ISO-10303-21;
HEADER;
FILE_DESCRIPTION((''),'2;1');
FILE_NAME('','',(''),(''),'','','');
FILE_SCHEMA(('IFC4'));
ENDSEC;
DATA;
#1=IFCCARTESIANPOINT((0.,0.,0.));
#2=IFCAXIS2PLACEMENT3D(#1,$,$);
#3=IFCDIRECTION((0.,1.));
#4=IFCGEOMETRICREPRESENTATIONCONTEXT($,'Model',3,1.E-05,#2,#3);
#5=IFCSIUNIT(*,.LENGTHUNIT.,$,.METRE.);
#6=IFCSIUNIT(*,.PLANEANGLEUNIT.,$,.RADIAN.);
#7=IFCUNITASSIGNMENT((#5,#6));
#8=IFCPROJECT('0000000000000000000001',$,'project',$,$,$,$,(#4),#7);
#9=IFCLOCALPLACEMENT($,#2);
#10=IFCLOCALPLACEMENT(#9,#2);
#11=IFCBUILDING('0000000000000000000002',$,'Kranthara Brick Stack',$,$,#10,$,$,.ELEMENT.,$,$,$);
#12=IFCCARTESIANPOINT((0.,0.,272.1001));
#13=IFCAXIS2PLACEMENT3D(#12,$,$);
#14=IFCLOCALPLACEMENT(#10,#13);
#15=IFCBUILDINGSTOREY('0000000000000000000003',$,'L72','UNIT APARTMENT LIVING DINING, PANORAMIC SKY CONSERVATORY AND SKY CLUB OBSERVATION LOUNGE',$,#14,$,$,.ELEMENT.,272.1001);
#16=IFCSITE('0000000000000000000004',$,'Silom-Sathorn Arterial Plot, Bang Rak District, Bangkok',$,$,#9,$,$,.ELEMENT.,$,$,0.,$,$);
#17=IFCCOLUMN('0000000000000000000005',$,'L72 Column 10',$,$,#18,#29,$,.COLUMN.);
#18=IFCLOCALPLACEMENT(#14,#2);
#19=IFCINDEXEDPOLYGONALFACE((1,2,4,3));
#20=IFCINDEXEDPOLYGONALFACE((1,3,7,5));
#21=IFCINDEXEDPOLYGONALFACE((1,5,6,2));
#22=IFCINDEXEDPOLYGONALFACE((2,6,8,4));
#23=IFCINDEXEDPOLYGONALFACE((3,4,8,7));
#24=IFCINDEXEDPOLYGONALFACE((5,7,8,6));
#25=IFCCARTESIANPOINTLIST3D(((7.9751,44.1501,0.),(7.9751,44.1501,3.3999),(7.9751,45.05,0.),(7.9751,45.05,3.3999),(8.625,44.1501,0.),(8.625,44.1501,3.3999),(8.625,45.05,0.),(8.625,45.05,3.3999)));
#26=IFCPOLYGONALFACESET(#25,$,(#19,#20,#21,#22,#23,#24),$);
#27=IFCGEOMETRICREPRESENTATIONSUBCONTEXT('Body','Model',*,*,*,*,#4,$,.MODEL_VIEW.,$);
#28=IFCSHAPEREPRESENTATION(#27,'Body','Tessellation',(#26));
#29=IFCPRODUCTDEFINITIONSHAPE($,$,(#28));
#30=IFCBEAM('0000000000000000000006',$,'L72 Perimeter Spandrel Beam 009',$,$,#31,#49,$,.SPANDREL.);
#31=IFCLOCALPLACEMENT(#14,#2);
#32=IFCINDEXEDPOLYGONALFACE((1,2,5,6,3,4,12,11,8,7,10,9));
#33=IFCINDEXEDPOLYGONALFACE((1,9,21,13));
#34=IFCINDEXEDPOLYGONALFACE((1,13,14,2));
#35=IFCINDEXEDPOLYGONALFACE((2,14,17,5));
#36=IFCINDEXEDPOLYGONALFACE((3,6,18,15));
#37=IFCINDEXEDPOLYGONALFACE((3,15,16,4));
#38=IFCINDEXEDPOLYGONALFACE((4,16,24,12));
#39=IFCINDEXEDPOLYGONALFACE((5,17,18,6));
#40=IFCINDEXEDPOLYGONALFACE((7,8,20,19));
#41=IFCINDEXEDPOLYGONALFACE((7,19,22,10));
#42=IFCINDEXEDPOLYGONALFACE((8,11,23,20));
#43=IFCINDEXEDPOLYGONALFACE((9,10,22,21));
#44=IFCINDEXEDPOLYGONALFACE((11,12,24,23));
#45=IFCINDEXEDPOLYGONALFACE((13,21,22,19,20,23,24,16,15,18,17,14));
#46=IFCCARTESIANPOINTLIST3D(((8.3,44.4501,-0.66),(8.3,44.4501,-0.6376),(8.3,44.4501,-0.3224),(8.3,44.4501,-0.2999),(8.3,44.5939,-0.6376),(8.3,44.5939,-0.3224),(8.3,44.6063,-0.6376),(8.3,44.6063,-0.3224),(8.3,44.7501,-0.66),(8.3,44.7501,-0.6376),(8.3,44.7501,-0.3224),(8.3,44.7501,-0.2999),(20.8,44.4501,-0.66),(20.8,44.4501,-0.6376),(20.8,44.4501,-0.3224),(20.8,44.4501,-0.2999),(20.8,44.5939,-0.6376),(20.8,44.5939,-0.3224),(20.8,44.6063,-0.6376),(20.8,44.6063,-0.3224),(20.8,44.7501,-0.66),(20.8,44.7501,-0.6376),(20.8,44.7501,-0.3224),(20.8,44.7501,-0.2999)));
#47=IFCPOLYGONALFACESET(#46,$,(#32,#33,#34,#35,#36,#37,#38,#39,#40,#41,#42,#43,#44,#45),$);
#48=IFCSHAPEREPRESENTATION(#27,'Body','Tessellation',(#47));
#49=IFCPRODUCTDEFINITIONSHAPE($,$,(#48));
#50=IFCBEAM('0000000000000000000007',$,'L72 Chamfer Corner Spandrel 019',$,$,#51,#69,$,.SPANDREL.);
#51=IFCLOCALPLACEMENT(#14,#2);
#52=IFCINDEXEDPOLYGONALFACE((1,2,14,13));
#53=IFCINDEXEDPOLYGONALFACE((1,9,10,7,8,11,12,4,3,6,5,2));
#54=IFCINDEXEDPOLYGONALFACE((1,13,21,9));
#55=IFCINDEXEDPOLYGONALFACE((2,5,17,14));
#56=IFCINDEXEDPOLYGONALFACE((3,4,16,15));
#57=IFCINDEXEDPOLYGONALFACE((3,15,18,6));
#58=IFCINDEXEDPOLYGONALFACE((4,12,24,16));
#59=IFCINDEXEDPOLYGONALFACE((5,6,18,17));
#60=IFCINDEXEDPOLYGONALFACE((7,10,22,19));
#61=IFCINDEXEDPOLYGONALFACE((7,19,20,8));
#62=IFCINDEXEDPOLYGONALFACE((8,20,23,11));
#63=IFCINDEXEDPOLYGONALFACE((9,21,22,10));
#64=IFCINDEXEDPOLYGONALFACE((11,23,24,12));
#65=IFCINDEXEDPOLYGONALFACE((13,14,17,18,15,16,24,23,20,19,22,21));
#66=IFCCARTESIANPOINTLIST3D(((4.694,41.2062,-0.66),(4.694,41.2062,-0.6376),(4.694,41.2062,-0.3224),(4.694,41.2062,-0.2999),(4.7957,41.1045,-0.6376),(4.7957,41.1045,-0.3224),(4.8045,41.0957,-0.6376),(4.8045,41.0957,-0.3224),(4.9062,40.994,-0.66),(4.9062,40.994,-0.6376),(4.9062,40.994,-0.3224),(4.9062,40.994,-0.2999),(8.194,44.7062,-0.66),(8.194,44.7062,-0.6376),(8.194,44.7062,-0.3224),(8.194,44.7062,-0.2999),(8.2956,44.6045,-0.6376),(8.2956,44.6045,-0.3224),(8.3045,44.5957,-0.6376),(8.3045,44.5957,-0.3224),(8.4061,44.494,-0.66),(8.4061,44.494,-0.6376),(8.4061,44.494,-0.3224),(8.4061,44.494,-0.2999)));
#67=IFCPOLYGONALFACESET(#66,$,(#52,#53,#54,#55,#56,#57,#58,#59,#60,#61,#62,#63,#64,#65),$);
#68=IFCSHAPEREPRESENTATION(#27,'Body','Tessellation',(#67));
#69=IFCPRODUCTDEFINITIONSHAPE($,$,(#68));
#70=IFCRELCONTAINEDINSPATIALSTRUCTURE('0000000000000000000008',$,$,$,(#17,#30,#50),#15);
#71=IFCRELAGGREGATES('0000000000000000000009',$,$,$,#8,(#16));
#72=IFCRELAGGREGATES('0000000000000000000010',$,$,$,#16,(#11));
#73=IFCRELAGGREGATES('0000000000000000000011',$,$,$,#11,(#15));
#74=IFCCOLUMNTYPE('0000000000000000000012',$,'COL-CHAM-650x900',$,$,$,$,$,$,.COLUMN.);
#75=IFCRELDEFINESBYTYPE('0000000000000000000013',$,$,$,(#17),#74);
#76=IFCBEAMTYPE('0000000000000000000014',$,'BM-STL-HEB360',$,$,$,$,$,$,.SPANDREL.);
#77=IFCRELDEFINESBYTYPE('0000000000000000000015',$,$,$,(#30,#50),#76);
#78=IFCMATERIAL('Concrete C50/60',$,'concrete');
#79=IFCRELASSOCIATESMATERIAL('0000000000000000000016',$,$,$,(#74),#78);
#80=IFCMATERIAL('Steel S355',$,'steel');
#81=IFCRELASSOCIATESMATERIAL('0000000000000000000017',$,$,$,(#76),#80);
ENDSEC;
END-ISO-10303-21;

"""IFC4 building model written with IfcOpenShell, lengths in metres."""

from ifc_helpers import new_model, si_unit, direction, frame, origin, origin_2d, place, context, subcontext, project, spatial, rectangle, i_section, extrude, material, material_profile, profile_set, type_object, element, save


model = new_model("IFC4")

# Units and contexts
model_context = context("Model", 3, precision=1e-05, world=origin(), true_north=direction((0.0, 1.0)))
body_context = subcontext(model_context, "Body", "Model", "MODEL_VIEW")
ifc_project = project(units=[si_unit("LENGTHUNIT", "METRE"), si_unit("PLANEANGLEUNIT", "RADIAN")], contexts=[model_context])

# Site, building, storey
site_placement = place(None, origin())
site = spatial("IfcSite", under=ifc_project, at=site_placement, Name="Silom-Sathorn Arterial Plot, Bang Rak District, Bangkok", CompositionType="ELEMENT", RefElevation=0.0)
building_placement = place(site_placement, origin())
building = spatial("IfcBuilding", under=site, at=building_placement, Name="Kranthara Brick Stack", CompositionType="ELEMENT")
storey_placement = place(building_placement, frame((0.0, 0.0, 272.1001)))
storey = spatial("IfcBuildingStorey", under=building, at=storey_placement, Name="L72", Description="UNIT APARTMENT LIVING DINING, PANORAMIC SKY CONSERVATORY AND SKY CLUB OBSERVATION LOUNGE", CompositionType="ELEMENT", Elevation=272.1001)

# Column
ifc_material_1 = material(Name="Concrete C50/60", Category="concrete")
ifc_material_profile_1 = material_profile(ifc_material_1, rectangle(XDim=0.6499, YDim=0.8999, at=origin_2d()), Name="RC 650x900")
ifc_profile_set_1 = profile_set([ifc_material_profile_1], Name="Concrete C50/60")
column_type = type_object("IfcColumnType", Name="COL-CHAM-650x900", PredefinedType="COLUMN", material=ifc_profile_set_1)
column_placement = place(storey_placement, frame((8.3, 44.6001, 0.0), z_axis=(0.0, 0.0, 1.0), x_axis=(1.0, 0.0, 0.0)))
element("IfcColumn", 1, at=column_placement, inside=storey, type_object=column_type, Name="L72 Column 10", PredefinedType="COLUMN", context=body_context, shape_type="SweptSolid", body=[
    extrude(rectangle(XDim=0.6499, YDim=0.8999, at=origin_2d()), origin(), (0.0, 0.0, 1.0), 3.3999),
])

# Beams
ifc_material_2 = material(Name="Steel S355", Category="steel")
ifc_material_profile_2 = material_profile(ifc_material_2, i_section(OverallWidth=0.3, OverallDepth=0.3601, WebThickness=0.0125, FlangeThickness=0.0225, at=origin_2d()), Name="HEB 360")
ifc_profile_set_2 = profile_set([ifc_material_profile_2], Name="Steel S355")
beam_type = type_object("IfcBeamType", Name="BM-STL-HEB360", PredefinedType="SPANDREL", material=ifc_profile_set_2)
beam_1_placement = place(storey_placement, frame((8.3, 44.6001, -0.48), z_axis=(1.0, 0.0, 0.0), x_axis=(0.0, 1.0, 0.0)))
element("IfcBeam", 2, at=beam_1_placement, inside=storey, type_object=beam_type, Name="L72 Perimeter Spandrel Beam 009", PredefinedType="SPANDREL", context=body_context, shape_type="SweptSolid", body=[
    extrude(i_section(OverallWidth=0.3, OverallDepth=0.3601, WebThickness=0.0125, FlangeThickness=0.0225, at=origin_2d()), origin(), (0.0, 0.0, 1.0), 12.5),
])
beam_2_placement = place(storey_placement, frame((8.3, 44.6001, -0.48), z_axis=(-0.707107, -0.707107, 0.0), x_axis=(0.707107, -0.707107, 0.0)))
element("IfcBeam", 3, at=beam_2_placement, inside=storey, type_object=beam_type, Name="L72 Chamfer Corner Spandrel 019", PredefinedType="SPANDREL", context=body_context, shape_type="SweptSolid", body=[
    extrude(i_section(OverallWidth=0.3, OverallDepth=0.3601, WebThickness=0.0125, FlangeThickness=0.0225, at=origin_2d()), origin(), (0.0, 0.0, 1.0), 4.9497),
])

save(model, "model.ifc")
